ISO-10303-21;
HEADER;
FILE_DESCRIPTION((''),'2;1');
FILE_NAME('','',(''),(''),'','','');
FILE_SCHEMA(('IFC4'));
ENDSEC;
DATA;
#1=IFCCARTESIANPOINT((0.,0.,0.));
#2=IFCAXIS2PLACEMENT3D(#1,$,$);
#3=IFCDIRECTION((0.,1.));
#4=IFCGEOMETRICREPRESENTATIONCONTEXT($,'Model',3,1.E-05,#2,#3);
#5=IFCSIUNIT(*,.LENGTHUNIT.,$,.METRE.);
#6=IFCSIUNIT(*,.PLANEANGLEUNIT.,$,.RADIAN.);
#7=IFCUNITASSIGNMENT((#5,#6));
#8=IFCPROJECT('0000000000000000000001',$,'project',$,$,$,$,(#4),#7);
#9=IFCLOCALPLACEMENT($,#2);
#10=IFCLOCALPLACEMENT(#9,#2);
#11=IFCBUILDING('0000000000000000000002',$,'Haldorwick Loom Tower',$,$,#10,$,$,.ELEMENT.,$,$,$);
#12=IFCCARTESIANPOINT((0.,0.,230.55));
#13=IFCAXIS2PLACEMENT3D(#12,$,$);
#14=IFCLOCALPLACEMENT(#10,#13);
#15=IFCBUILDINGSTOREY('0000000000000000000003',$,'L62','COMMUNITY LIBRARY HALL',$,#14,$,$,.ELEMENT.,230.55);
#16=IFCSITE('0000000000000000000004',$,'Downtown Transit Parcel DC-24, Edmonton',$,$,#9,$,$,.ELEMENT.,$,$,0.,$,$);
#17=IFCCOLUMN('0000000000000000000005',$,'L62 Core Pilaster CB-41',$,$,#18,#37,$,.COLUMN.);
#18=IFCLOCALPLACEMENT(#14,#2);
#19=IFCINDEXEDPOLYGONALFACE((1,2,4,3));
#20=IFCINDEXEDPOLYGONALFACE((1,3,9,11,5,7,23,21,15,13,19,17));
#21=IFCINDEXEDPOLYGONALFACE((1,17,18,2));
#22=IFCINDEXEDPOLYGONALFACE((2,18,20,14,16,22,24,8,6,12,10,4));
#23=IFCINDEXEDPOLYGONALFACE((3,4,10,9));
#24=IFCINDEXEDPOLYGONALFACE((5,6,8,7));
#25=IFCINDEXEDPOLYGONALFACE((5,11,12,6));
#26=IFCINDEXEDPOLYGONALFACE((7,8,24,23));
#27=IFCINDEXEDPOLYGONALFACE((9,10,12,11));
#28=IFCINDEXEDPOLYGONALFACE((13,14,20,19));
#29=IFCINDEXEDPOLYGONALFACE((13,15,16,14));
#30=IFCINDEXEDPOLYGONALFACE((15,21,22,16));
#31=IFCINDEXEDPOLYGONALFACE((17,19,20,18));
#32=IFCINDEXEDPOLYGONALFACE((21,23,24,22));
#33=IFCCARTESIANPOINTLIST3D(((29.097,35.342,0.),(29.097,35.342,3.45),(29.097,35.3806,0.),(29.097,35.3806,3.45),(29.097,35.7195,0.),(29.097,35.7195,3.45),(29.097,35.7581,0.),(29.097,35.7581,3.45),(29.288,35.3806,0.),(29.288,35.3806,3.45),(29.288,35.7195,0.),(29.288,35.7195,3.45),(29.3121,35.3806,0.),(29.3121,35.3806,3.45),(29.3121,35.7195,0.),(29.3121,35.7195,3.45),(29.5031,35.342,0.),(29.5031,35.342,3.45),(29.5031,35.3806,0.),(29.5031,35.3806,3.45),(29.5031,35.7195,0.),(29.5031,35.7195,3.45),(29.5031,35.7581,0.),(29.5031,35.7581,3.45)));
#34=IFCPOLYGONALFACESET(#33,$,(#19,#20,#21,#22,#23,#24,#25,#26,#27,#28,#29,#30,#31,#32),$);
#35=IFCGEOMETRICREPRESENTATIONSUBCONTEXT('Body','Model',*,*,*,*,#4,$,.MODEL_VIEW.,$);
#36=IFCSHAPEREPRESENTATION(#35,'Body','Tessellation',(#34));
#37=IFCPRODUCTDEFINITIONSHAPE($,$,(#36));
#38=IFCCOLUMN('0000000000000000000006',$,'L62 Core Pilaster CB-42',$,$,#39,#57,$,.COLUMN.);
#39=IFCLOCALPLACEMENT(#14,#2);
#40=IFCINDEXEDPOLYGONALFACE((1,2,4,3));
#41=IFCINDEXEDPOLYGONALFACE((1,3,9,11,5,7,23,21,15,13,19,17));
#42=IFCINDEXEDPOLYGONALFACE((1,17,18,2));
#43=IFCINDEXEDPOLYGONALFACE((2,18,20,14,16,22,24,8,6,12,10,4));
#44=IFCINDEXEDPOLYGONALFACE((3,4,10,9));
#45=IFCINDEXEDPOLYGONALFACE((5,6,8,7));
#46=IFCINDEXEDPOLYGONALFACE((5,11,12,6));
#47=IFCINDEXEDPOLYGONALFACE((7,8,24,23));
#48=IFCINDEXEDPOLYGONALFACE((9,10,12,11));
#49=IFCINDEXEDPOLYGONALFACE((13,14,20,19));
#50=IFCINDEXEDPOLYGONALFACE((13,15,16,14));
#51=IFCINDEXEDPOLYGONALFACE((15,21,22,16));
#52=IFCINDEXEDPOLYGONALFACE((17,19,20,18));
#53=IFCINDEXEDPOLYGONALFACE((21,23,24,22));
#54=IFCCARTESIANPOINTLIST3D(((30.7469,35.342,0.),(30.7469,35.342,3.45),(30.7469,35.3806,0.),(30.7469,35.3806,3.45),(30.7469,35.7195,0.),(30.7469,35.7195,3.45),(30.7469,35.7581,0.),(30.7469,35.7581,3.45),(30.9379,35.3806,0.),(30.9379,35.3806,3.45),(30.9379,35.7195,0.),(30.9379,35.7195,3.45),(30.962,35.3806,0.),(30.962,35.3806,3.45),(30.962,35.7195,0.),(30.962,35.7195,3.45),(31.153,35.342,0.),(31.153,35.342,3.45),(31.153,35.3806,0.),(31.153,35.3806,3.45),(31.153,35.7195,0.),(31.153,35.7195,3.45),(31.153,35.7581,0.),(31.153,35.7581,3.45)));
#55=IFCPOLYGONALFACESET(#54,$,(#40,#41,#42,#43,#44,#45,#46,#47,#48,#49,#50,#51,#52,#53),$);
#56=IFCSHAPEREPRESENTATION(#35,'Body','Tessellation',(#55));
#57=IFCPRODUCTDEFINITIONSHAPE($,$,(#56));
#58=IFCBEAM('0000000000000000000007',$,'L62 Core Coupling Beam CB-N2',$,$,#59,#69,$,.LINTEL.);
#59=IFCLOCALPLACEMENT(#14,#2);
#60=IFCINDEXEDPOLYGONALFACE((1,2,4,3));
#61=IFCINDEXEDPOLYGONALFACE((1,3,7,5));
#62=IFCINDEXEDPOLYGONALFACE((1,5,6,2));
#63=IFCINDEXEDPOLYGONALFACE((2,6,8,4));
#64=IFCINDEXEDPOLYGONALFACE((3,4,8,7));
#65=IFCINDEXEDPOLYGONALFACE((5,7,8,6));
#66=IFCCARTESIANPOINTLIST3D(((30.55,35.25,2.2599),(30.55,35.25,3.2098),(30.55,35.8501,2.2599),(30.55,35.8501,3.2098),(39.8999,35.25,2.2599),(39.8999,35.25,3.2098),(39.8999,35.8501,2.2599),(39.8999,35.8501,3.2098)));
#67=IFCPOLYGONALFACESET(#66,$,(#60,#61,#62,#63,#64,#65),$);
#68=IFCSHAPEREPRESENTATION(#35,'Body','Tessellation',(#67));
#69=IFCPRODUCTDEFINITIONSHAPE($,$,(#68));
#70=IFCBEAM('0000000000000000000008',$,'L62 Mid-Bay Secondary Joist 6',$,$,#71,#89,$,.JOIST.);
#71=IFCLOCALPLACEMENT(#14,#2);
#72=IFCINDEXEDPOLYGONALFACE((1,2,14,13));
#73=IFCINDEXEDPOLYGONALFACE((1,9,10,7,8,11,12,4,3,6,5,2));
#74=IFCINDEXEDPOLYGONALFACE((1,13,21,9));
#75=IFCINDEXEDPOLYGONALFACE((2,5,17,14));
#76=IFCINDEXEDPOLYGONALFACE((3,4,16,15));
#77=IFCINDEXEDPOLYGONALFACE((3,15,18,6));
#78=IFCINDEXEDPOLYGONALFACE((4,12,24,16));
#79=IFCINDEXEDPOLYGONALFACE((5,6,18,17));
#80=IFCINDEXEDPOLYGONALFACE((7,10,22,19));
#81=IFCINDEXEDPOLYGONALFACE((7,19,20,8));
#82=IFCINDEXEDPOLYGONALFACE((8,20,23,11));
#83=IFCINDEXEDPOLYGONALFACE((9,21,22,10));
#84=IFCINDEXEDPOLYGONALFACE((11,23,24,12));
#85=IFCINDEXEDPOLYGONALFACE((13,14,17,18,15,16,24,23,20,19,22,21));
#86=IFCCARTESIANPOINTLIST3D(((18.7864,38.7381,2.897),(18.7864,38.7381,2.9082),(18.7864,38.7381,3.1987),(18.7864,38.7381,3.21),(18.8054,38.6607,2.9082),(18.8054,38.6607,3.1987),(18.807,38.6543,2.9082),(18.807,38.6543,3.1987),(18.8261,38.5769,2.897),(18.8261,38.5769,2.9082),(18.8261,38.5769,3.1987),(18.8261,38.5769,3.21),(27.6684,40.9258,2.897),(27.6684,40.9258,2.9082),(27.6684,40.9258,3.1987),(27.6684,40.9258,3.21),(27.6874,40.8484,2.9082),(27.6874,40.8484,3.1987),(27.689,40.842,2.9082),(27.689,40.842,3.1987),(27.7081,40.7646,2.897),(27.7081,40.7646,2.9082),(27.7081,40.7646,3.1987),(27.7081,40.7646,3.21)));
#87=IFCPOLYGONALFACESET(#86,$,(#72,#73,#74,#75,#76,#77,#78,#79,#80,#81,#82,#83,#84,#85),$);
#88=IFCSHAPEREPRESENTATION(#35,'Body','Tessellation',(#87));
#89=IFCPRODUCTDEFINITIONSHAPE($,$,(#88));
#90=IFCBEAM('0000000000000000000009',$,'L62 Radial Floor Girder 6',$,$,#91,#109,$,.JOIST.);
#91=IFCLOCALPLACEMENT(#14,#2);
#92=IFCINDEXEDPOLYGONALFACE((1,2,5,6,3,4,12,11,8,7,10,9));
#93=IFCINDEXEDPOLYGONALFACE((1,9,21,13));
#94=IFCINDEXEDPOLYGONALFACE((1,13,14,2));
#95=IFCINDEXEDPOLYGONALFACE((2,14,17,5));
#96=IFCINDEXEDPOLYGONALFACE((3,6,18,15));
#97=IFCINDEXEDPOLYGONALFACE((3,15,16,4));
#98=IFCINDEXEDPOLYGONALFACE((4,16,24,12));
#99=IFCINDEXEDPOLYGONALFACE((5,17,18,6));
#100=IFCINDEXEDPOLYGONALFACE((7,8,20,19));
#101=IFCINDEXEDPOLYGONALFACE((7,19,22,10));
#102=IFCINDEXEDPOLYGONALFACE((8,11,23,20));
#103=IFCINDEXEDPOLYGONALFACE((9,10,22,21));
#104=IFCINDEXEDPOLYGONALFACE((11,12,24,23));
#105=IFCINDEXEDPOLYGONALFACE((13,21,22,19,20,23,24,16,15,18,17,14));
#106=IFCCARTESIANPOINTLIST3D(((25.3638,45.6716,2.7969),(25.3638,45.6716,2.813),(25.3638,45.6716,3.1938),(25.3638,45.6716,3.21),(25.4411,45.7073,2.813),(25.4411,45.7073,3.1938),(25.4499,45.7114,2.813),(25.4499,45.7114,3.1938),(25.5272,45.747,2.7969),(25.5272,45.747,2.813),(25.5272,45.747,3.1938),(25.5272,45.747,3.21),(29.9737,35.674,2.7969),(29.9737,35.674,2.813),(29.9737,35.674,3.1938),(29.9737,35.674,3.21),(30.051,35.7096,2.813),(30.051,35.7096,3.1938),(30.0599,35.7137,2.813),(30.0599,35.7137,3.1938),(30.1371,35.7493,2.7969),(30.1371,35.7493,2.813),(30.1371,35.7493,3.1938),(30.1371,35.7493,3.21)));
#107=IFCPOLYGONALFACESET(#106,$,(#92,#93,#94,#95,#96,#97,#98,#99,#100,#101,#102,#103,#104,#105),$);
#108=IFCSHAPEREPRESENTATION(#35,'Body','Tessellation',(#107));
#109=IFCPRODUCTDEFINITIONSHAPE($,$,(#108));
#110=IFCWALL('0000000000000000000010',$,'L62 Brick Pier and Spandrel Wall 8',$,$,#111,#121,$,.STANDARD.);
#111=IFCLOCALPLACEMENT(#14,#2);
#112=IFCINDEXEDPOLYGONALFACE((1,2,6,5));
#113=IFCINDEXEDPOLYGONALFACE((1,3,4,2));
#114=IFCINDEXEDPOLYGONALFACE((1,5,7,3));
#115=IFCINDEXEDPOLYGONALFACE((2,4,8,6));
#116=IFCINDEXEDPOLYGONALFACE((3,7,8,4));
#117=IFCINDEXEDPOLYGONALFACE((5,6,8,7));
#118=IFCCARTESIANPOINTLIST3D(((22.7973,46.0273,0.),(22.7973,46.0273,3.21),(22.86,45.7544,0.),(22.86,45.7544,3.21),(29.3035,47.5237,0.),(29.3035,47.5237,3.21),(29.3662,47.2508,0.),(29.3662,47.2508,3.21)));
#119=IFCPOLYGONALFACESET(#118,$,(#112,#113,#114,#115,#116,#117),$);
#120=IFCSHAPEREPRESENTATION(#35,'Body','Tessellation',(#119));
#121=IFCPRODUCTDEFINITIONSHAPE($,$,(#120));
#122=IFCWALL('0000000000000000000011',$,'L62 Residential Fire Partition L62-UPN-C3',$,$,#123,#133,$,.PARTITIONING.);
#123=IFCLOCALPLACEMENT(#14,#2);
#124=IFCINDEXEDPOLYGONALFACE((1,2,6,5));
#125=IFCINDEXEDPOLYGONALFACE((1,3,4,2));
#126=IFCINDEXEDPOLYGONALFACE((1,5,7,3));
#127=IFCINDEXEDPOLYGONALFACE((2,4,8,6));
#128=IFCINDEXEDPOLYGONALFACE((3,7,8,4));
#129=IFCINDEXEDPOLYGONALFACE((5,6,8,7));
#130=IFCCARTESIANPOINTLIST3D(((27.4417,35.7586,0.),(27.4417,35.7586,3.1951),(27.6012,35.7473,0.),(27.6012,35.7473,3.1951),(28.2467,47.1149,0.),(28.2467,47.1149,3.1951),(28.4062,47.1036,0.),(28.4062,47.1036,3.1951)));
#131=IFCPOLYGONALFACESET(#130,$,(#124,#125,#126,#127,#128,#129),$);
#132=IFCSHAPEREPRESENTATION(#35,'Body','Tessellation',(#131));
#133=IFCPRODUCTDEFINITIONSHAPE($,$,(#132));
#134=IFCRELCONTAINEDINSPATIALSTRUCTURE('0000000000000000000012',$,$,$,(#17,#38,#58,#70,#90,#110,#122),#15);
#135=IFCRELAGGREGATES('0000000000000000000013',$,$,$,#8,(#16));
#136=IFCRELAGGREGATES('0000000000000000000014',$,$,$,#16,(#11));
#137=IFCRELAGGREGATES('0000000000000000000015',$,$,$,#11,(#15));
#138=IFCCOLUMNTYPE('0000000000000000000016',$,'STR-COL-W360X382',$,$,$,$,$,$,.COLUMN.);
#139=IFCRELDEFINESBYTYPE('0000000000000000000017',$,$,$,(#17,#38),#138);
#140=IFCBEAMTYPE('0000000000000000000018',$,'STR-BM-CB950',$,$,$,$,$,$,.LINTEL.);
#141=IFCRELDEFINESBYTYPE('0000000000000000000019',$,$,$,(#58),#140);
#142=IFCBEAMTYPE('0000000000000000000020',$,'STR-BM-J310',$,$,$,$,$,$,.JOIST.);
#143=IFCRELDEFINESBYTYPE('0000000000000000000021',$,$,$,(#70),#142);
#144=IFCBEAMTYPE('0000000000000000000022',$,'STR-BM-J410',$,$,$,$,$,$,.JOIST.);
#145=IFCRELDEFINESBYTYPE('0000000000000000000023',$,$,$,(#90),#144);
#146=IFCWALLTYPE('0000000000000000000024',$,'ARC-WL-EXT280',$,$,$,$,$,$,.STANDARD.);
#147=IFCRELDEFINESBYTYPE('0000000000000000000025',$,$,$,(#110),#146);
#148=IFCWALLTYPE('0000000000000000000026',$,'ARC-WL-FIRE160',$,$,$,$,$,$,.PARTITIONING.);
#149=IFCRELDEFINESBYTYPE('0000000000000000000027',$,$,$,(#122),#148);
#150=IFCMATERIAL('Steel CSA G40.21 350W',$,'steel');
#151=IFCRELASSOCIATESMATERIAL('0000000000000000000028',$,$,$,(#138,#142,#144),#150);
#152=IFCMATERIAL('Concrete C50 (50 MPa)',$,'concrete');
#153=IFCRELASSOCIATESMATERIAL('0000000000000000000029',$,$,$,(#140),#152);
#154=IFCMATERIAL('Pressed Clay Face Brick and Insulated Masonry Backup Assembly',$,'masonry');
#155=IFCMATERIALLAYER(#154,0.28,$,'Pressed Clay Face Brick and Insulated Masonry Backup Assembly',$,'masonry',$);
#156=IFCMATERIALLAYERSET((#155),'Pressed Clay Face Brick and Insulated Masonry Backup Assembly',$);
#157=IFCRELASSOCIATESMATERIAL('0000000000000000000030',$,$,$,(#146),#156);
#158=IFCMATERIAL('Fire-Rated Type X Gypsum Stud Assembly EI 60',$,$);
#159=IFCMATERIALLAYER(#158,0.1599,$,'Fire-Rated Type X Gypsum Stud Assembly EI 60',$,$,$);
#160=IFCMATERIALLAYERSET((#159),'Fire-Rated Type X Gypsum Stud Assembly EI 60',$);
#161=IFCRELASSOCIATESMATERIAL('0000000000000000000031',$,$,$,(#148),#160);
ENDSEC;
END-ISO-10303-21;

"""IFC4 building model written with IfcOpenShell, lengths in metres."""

from ifc_helpers import new_model, si_unit, direction, frame, frame_2d, origin, origin_2d, place, context, subcontext, project, spatial, rectangle, i_section, extrude, material, layer, layer_set, material_profile, profile_set, type_object, element, save


model = new_model("IFC4")

# Units and contexts
model_context = context("Model", 3, precision=1e-05, world=origin(), true_north=direction((0.0, 1.0)))
body_context = subcontext(model_context, "Body", "Model", "MODEL_VIEW")
ifc_project = project(units=[si_unit("LENGTHUNIT", "METRE"), si_unit("PLANEANGLEUNIT", "RADIAN")], contexts=[model_context])

# Site, building, storey
site_placement = place(None, origin())
site = spatial("IfcSite", under=ifc_project, at=site_placement, Name="Downtown Transit Parcel DC-24, Edmonton", CompositionType="ELEMENT", RefElevation=0.0)
building_placement = place(site_placement, origin())
building = spatial("IfcBuilding", under=site, at=building_placement, Name="Haldorwick Loom Tower", CompositionType="ELEMENT")
storey_placement = place(building_placement, frame((0.0, 0.0, 230.55)))
storey = spatial("IfcBuildingStorey", under=building, at=storey_placement, Name="L62", Description="COMMUNITY LIBRARY HALL", CompositionType="ELEMENT", Elevation=230.55)

# Columns
ifc_material_1 = material(Name="Steel CSA G40.21 350W", Category="steel")
ifc_material_profile_1 = material_profile(ifc_material_1, i_section(OverallWidth=0.406, OverallDepth=0.416, WebThickness=0.0242, FlangeThickness=0.0386, at=origin_2d()), Name="W360X382", Category="steel")
ifc_profile_set_1 = profile_set([ifc_material_profile_1], Name="Steel CSA G40.21 350W")
column_type_1 = type_object("IfcColumnType", Name="STR-COL-W360X382", PredefinedType="COLUMN", material=ifc_profile_set_1)
for number, where, z_axis, x_axis, name in (
    (1, (29.3, 35.55, 0.0), (0.0, 0.0, 1.0), (1.0, 0.0, 0.0), "L62 Core Pilaster CB-41"),
    (2, (30.95, 35.55, 0.0), (0.0, 0.0, 1.0), (1.0, 0.0, 0.0), "L62 Core Pilaster CB-42"),
):
    element("IfcColumn", number, at=place(storey_placement, frame(where, z_axis=z_axis, x_axis=x_axis)), inside=storey, type_object=column_type_1, Name=name, PredefinedType="COLUMN", context=body_context, shape_type="SweptSolid", body=[
        extrude(i_section(OverallWidth=0.406, OverallDepth=0.416, WebThickness=0.0242, FlangeThickness=0.0386, at=origin_2d()), origin(), (0.0, 0.0, 1.0), 3.45),
    ])

# Beams
ifc_material_2 = material(Name="Concrete C50 (50 MPa)", Category="concrete")
ifc_material_profile_2 = material_profile(ifc_material_2, rectangle(XDim=0.6001, YDim=0.95, at=origin_2d()), Name="RC600X950", Category="concrete")
ifc_profile_set_2 = profile_set([ifc_material_profile_2], Name="Concrete C50 (50 MPa)")
beam_type_1 = type_object("IfcBeamType", Name="STR-BM-CB950", PredefinedType="LINTEL", material=ifc_profile_set_2)
beam_1_placement = place(storey_placement, frame((30.55, 35.55, 2.7349), z_axis=(1.0, 0.0, 0.0), x_axis=(0.0, 1.0, 0.0)))
element("IfcBeam", 3, at=beam_1_placement, inside=storey, type_object=beam_type_1, Name="L62 Core Coupling Beam CB-N2", PredefinedType="LINTEL", context=body_context, shape_type="SweptSolid", body=[
    extrude(rectangle(XDim=0.6001, YDim=0.95, at=origin_2d()), origin(), (0.0, 0.0, 1.0), 9.3499),
])
ifc_material_profile_3 = material_profile(ifc_material_1, i_section(OverallWidth=0.166, OverallDepth=0.313, WebThickness=0.0066, FlangeThickness=0.0112, at=origin_2d()), Name="W310X45", Category="steel")
ifc_profile_set_3 = profile_set([ifc_material_profile_3], Name="Steel CSA G40.21 350W")
beam_type_2 = type_object("IfcBeamType", Name="STR-BM-J310", PredefinedType="JOIST", material=ifc_profile_set_3)
beam_2_placement = place(storey_placement, frame((27.6882, 40.8452, 3.0535), z_axis=(-0.97098, -0.239162, 0.0), x_axis=(0.239162, -0.97098, 0.0)))
element("IfcBeam", 4, at=beam_2_placement, inside=storey, type_object=beam_type_2, Name="L62 Mid-Bay Secondary Joist 6", PredefinedType="JOIST", context=body_context, shape_type="SweptSolid", body=[
    extrude(i_section(OverallWidth=0.166, OverallDepth=0.313, WebThickness=0.0066, FlangeThickness=0.0112, at=origin_2d()), origin(), (0.0, 0.0, 1.0), 9.1475),
])
ifc_material_profile_4 = material_profile(ifc_material_1, i_section(OverallWidth=0.1799, OverallDepth=0.4131, WebThickness=0.0098, FlangeThickness=0.0161, at=origin_2d()), Name="W410X74", Category="steel")
ifc_profile_set_4 = profile_set([ifc_material_profile_4], Name="Steel CSA G40.21 350W")
beam_type_3 = type_object("IfcBeamType", Name="STR-BM-J410", PredefinedType="JOIST", material=ifc_profile_set_4)
beam_3_placement = place(storey_placement, frame((30.0554, 35.7117, 3.0034), z_axis=(-0.418729, 0.908111, 0.0), x_axis=(-0.908111, -0.418729, 0.0)))
element("IfcBeam", 5, at=beam_3_placement, inside=storey, type_object=beam_type_3, Name="L62 Radial Floor Girder 6", PredefinedType="JOIST", context=body_context, shape_type="SweptSolid", body=[
    extrude(i_section(OverallWidth=0.1799, OverallDepth=0.4131, WebThickness=0.0098, FlangeThickness=0.0161, at=origin_2d()), origin(), (0.0, 0.0, 1.0), 11.0093),
])

# Walls
ifc_material_3 = material(Name="Pressed Clay Face Brick and Insulated Masonry Backup Assembly", Category="masonry")
ifc_layer_1 = layer(ifc_material_3, 0.28, Name="Pressed Clay Face Brick and Insulated Masonry Backup Assembly", Category="masonry")
ifc_layer_set_1 = layer_set([ifc_layer_1], Name="Pressed Clay Face Brick and Insulated Masonry Backup Assembly")
wall_type_1 = type_object("IfcWallType", Name="ARC-WL-EXT280", PredefinedType="STANDARD", material=ifc_layer_set_1)
wall_1_placement = place(storey_placement, frame((29.3347, 47.3872, 0.0), z_axis=(0.0, 0.0, 1.0), x_axis=(-0.974557, -0.224138, 0.0)))
element("IfcWall", 6, at=wall_1_placement, inside=storey, type_object=wall_type_1, Name="L62 Brick Pier and Spandrel Wall 8", PredefinedType="STANDARD", context=body_context, shape_type="SweptSolid", body=[
    extrude(rectangle(XDim=6.676, YDim=0.28, at=frame_2d((3.3379, 0.0))), origin(), (0.0, 0.0, 1.0), 3.21),
])
ifc_material_4 = material(Name="Fire-Rated Type X Gypsum Stud Assembly EI 60")
ifc_layer_2 = layer(ifc_material_4, 0.1599, Name="Fire-Rated Type X Gypsum Stud Assembly EI 60")
ifc_layer_set_2 = layer_set([ifc_layer_2], Name="Fire-Rated Type X Gypsum Stud Assembly EI 60")
wall_type_2 = type_object("IfcWallType", Name="ARC-WL-FIRE160", PredefinedType="PARTITIONING", material=ifc_layer_set_2)
wall_2_placement = place(storey_placement, frame((27.5215, 35.7529, 0.0), z_axis=(0.0, 0.0, 1.0), x_axis=(0.070703, 0.997497, 0.0)))
element("IfcWall", 7, at=wall_2_placement, inside=storey, type_object=wall_type_2, Name="L62 Residential Fire Partition L62-UPN-C3", PredefinedType="PARTITIONING", context=body_context, shape_type="SweptSolid", body=[
    extrude(rectangle(XDim=11.3848, YDim=0.1599, at=frame_2d((5.6924, 0.0))), origin(), (0.0, 0.0, 1.0), 3.1951),
])

save(model, "model.ifc")
